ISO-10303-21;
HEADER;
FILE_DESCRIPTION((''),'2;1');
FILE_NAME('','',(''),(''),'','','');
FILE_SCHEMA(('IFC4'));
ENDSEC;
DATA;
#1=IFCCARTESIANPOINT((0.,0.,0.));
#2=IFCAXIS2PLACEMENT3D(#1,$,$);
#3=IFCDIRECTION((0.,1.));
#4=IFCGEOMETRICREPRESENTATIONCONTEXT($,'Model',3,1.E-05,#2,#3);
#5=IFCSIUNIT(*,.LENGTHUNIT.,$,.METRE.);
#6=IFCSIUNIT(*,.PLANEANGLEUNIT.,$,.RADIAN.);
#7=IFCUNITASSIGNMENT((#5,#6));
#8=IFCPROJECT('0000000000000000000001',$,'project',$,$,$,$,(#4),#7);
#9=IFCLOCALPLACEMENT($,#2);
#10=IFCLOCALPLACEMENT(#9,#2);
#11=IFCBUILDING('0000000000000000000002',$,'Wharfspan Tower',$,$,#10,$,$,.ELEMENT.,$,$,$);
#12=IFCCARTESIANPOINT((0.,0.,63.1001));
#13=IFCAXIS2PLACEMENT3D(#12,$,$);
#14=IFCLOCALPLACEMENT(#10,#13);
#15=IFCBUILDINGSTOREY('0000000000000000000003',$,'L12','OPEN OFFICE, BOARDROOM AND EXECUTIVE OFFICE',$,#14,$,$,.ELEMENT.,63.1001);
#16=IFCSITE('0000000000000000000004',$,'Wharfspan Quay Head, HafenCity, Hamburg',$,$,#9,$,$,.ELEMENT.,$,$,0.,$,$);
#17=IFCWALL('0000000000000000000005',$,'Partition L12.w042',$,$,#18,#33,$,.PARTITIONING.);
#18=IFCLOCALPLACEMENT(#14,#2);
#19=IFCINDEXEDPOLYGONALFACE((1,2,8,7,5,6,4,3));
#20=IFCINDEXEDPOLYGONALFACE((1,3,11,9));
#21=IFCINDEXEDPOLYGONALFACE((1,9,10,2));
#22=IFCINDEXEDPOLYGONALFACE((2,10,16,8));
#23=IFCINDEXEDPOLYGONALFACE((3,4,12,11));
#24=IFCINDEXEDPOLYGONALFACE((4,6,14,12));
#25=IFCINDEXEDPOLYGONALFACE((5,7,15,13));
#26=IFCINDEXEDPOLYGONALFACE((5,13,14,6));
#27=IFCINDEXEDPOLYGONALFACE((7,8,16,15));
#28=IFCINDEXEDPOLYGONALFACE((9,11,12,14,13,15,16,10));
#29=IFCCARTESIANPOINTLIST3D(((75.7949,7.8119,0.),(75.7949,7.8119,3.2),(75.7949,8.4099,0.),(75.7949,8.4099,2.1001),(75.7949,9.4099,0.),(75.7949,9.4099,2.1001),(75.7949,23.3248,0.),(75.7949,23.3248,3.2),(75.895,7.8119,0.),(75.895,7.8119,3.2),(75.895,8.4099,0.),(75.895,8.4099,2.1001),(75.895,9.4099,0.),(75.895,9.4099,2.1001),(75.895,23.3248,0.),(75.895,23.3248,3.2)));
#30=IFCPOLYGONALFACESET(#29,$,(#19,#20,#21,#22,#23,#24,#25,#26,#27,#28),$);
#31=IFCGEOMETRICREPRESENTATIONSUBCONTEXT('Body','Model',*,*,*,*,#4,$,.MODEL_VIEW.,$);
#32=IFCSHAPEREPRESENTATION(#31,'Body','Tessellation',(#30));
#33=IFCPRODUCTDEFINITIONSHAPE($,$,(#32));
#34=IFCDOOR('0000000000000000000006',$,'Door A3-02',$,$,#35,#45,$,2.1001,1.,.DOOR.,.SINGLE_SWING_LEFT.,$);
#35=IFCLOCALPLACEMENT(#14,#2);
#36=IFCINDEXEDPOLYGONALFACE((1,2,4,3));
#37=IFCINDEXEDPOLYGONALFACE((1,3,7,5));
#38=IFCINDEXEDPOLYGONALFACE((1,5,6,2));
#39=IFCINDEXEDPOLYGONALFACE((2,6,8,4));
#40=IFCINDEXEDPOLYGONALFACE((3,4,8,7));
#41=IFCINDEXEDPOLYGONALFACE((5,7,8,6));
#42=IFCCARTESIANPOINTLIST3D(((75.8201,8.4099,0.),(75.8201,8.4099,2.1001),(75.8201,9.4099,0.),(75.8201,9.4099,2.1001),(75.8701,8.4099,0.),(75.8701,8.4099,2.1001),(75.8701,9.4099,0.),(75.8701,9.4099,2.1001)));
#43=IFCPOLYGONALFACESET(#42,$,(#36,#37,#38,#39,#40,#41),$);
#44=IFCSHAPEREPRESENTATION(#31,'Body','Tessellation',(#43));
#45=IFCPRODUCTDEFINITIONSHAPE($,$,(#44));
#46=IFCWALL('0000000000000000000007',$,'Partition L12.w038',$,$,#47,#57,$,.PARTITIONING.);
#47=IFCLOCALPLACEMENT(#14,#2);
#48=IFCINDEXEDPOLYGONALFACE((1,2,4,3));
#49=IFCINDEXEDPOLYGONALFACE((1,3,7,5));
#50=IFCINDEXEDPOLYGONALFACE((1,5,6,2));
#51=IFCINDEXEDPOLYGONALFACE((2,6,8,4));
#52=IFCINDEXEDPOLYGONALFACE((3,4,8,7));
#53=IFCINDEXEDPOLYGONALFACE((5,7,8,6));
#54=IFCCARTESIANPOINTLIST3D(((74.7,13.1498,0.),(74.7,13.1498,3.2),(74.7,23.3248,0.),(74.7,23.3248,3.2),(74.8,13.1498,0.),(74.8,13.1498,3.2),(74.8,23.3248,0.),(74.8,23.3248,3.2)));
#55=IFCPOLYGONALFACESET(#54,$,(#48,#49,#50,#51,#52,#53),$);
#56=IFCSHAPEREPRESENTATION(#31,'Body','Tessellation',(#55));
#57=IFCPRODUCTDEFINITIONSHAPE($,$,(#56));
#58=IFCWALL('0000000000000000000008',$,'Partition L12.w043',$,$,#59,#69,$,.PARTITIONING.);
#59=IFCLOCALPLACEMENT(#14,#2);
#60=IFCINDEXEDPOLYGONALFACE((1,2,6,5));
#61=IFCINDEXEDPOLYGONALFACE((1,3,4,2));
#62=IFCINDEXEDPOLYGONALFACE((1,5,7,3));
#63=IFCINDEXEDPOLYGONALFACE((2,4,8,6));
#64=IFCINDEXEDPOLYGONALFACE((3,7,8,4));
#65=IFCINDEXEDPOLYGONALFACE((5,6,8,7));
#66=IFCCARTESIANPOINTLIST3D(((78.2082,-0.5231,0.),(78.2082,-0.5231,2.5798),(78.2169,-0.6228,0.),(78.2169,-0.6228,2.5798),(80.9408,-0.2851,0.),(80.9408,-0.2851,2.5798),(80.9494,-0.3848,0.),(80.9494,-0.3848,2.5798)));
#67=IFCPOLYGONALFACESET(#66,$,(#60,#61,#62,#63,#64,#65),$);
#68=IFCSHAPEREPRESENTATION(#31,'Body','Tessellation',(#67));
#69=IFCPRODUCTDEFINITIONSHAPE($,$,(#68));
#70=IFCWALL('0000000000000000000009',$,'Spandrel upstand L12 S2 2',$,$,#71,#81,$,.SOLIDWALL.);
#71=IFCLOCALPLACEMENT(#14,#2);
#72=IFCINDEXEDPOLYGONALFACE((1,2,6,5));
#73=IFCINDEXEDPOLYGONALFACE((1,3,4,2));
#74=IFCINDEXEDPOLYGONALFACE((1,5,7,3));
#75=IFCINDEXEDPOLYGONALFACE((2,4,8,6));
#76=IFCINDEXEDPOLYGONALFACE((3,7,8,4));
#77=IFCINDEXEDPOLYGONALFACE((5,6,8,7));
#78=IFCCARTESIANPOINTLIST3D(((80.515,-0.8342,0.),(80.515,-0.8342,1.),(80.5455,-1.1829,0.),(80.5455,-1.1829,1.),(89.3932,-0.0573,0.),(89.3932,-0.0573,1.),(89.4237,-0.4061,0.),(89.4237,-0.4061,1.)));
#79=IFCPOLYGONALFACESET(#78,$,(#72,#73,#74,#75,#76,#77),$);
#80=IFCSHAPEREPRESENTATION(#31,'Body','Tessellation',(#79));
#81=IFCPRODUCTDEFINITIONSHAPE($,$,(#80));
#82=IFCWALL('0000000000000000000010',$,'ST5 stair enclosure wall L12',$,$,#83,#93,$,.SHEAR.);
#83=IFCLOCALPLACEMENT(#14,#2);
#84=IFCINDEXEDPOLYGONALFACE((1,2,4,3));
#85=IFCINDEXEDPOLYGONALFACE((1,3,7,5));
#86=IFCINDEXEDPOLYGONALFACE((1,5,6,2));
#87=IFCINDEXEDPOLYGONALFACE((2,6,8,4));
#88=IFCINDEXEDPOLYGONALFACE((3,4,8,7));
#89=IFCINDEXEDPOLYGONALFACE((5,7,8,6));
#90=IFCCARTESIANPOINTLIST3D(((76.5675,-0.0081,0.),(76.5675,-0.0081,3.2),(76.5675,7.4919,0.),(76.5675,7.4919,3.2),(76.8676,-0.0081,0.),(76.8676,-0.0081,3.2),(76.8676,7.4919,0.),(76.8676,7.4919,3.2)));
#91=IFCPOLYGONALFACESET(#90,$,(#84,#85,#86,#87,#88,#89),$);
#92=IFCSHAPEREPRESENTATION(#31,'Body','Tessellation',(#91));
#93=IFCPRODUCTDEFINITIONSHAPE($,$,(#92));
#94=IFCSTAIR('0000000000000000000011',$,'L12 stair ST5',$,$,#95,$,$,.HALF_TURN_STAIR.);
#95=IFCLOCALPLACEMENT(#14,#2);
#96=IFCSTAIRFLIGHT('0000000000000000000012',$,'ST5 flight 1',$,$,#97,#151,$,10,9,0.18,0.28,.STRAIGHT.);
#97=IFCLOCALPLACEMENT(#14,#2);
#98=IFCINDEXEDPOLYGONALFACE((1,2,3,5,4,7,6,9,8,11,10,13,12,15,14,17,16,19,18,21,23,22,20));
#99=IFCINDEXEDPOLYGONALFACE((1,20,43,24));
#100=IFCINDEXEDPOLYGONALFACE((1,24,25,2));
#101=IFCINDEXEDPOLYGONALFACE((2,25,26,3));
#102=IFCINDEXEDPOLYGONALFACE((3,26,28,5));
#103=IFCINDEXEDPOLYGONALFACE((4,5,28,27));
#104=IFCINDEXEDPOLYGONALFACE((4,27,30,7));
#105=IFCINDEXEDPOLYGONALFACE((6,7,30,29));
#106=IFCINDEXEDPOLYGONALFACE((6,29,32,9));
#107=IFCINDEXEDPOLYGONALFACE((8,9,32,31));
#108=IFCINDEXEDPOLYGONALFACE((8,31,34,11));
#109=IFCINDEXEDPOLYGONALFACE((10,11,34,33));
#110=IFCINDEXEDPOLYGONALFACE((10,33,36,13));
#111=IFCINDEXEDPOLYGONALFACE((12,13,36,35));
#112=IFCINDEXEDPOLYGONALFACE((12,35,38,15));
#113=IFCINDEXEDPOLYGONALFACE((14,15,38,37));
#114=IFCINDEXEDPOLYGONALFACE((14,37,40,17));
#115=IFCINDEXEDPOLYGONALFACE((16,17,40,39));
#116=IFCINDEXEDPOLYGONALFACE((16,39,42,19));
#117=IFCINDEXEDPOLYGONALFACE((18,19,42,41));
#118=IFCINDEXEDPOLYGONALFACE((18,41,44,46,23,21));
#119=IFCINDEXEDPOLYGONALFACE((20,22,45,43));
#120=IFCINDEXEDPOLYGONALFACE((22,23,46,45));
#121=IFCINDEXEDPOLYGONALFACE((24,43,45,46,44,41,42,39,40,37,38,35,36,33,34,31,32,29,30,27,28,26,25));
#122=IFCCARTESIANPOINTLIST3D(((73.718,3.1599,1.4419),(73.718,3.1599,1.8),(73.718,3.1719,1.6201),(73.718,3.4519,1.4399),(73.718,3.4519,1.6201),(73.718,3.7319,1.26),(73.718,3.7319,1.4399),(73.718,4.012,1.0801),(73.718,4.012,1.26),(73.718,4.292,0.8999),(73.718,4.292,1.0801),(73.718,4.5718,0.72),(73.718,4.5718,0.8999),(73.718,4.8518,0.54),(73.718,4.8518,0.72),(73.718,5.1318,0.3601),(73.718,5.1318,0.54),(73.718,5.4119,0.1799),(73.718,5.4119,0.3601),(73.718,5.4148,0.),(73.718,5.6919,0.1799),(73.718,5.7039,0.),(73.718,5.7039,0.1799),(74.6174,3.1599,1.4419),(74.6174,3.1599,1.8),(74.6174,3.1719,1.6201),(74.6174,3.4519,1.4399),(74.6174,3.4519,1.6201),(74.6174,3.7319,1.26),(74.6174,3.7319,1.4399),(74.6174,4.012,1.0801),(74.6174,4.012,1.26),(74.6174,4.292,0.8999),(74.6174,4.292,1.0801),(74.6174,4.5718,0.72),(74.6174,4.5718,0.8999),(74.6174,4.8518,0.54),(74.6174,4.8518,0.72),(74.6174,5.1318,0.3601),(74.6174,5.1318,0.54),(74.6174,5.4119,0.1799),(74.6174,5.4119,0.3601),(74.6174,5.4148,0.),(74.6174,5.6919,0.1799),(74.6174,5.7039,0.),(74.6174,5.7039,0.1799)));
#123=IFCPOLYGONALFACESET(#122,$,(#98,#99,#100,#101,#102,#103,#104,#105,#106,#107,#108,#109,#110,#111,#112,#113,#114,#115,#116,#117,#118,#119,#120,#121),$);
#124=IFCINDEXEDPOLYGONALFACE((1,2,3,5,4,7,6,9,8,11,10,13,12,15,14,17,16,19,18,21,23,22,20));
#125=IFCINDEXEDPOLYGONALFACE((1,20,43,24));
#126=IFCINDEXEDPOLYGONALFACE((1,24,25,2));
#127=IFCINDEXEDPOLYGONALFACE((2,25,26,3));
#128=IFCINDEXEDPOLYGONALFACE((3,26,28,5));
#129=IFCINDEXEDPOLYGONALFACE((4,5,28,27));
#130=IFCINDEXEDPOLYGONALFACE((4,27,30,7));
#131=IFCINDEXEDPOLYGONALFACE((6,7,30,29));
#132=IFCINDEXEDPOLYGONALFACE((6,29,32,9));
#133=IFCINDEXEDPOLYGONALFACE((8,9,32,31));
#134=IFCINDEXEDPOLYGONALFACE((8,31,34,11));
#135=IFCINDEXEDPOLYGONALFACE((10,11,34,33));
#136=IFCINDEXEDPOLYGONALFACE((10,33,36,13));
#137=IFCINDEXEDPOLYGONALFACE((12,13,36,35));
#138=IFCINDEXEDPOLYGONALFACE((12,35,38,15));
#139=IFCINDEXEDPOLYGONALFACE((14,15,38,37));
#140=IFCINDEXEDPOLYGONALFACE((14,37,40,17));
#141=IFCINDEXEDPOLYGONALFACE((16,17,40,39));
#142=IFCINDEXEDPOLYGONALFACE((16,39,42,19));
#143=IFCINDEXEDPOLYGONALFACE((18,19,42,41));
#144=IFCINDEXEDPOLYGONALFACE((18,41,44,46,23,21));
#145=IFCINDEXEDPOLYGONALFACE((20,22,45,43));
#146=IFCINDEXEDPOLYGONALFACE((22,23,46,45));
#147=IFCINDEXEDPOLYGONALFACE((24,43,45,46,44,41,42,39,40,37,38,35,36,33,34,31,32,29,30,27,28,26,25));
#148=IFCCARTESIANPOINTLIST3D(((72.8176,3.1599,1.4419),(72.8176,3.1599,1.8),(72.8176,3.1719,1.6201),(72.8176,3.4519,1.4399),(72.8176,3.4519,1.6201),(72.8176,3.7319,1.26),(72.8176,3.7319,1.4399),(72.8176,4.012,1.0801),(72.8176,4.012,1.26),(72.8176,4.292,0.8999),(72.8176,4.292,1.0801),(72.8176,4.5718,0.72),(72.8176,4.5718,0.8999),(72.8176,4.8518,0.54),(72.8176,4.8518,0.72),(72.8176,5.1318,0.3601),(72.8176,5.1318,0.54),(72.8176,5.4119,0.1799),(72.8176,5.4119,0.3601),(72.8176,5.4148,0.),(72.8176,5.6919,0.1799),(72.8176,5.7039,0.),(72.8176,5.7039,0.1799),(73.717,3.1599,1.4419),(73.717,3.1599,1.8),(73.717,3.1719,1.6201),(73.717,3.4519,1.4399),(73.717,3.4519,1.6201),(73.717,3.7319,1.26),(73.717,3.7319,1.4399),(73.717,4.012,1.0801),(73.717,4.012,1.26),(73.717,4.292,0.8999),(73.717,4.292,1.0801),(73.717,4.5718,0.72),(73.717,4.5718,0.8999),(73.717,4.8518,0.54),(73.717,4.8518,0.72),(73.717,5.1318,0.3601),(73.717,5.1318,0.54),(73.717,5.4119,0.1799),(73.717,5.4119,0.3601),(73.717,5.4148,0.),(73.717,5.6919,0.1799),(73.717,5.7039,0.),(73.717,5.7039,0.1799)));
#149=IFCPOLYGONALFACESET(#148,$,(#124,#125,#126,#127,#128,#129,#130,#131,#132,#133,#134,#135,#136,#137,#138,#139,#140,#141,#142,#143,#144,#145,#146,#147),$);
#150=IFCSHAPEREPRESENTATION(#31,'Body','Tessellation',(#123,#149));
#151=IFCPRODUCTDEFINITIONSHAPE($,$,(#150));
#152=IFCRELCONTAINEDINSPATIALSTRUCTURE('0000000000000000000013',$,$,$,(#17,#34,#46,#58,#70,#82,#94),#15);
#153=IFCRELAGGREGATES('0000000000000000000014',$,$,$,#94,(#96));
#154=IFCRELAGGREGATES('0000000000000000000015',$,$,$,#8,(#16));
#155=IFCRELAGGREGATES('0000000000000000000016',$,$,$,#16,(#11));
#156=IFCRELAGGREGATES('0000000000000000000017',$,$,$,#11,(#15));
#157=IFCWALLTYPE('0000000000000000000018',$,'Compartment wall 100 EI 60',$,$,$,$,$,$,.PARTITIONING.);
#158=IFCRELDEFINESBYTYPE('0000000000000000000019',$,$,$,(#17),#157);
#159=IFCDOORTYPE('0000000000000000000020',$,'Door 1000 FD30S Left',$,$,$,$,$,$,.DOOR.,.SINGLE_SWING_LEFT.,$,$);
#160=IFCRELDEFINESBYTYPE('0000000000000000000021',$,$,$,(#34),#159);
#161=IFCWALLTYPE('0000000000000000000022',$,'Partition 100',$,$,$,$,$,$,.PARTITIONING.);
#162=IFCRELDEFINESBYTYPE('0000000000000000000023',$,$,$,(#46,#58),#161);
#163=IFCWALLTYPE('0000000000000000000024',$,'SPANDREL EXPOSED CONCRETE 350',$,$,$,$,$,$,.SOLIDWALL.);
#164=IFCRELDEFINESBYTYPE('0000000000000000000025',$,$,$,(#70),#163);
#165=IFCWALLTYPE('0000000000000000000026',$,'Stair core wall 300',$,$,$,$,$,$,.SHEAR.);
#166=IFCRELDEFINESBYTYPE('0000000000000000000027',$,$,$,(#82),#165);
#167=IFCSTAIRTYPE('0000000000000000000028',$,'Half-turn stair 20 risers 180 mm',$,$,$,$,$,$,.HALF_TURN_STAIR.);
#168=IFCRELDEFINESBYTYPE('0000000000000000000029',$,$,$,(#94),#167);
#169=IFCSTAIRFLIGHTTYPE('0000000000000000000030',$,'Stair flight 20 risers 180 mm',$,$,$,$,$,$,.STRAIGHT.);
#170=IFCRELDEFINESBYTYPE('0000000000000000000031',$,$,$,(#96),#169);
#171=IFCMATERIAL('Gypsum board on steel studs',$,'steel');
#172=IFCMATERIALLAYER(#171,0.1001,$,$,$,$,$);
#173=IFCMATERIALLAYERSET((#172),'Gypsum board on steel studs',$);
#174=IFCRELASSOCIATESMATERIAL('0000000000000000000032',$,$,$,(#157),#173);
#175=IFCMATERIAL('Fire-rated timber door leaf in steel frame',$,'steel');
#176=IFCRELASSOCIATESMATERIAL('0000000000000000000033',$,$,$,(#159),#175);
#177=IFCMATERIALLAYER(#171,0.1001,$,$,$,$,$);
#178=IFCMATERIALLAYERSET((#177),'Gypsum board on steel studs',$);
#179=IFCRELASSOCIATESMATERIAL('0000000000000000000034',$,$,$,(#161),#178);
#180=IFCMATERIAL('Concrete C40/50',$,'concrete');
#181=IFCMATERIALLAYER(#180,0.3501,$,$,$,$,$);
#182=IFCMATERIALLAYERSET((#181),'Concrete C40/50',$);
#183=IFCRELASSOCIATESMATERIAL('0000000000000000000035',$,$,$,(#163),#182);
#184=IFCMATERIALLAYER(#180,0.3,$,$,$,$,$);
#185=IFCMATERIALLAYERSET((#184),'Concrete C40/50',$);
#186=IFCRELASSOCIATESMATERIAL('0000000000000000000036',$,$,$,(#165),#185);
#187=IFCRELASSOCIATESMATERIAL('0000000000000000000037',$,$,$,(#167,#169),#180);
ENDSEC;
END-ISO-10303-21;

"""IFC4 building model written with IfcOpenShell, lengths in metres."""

from ifc_helpers import new_model, si_unit, direction, frame, frame_2d, origin, place, context, subcontext, project, spatial, polyline, rectangle, outline, extrude, material, layer, layer_set, type_object, element, fill, aggregate, save


model = new_model("IFC4")

# Units and contexts
model_context = context("Model", 3, precision=1e-05, world=origin(), true_north=direction((0.0, 1.0)))
body_context = subcontext(model_context, "Body", "Model", "MODEL_VIEW")
ifc_project = project(units=[si_unit("LENGTHUNIT", "METRE"), si_unit("PLANEANGLEUNIT", "RADIAN")], contexts=[model_context])

# Site, building, storey
site_placement = place(None, origin())
site = spatial("IfcSite", under=ifc_project, at=site_placement, Name="Wharfspan Quay Head, HafenCity, Hamburg", CompositionType="ELEMENT", RefElevation=0.0)
building_placement = place(site_placement, origin())
building = spatial("IfcBuilding", under=site, at=building_placement, Name="Wharfspan Tower", CompositionType="ELEMENT")
storey_placement = place(building_placement, frame((0.0, 0.0, 63.1001)))
storey = spatial("IfcBuildingStorey", under=building, at=storey_placement, Name="L12", Description="OPEN OFFICE, BOARDROOM AND EXECUTIVE OFFICE", CompositionType="ELEMENT", Elevation=63.1001)

# Shared definitions
ifc_material_1 = material(Name="Gypsum board on steel studs", Category="steel")
ifc_layer_1 = layer(ifc_material_1, 0.1001)
ifc_layer_set_1 = layer_set([ifc_layer_1], Name="Gypsum board on steel studs")
wall_type_1 = type_object("IfcWallType", Name="Compartment wall 100 EI 60", PredefinedType="PARTITIONING", material=ifc_layer_set_1)

# Wall, opening, door
wall_1_placement = place(storey_placement, frame((75.845, 7.812, 0.0), z_axis=(0.0, 0.0, 1.0), x_axis=(0.0, 1.0, 0.0)))
wall_1 = element("IfcWall", 1, at=wall_1_placement, inside=storey, type_object=wall_type_1, Name="Partition L12.w042", PredefinedType="PARTITIONING", context=body_context, shape_type="SweptSolid", body=[
    extrude(rectangle(XDim=15.5129, YDim=0.1001, at=frame_2d((7.7563, 0.0))), origin(), (0.0, 0.0, 1.0), 3.2),
])
opening_placement = place(wall_1_placement, frame((0.5979, 0.0, 0.0)))
opening = element("IfcOpeningElement", 2, at=opening_placement, cuts=wall_1, PredefinedType="OPENING", context=body_context, shape_type="SweptSolid", body=[
    extrude(rectangle(XDim=1.0, YDim=2.1001, at=frame_2d((0.5, 1.05))), frame((0.0, 0.0601, 0.0), z_axis=(0.0, -1.0, 0.0), x_axis=(1.0, 0.0, 0.0)), (0.0, 0.0, 1.0), 0.1201),
])
ifc_material_2 = material(Name="Fire-rated timber door leaf in steel frame", Category="steel")
door_type = type_object("IfcDoorType", Name="Door 1000 FD30S Left", OperationType="SINGLE_SWING_LEFT", PredefinedType="DOOR", material=ifc_material_2)
door_placement = place(opening_placement, origin())
door = element("IfcDoor", 3, at=door_placement, inside=storey, type_object=door_type, Name="Door A3-02", OperationType="SINGLE_SWING_LEFT", OverallHeight=2.1001, OverallWidth=1.0, PredefinedType="DOOR", context=body_context, shape_type="SweptSolid", body=[
    extrude(rectangle(XDim=1.0, YDim=2.1001, at=frame_2d((0.5, 1.05))), frame((0.0, 0.0249, 0.0), z_axis=(0.0, -1.0, 0.0), x_axis=(1.0, 0.0, 0.0)), (0.0, 0.0, 1.0), 0.05),
])
fill(opening, door)

# Walls
ifc_layer_2 = layer(ifc_material_1, 0.1001)
ifc_layer_set_2 = layer_set([ifc_layer_2], Name="Gypsum board on steel studs")
wall_type_2 = type_object("IfcWallType", Name="Partition 100", PredefinedType="PARTITIONING", material=ifc_layer_set_2)
wall_2_placement = place(storey_placement, frame((74.75, 13.1499, 0.0), z_axis=(0.0, 0.0, 1.0), x_axis=(0.0, 1.0, 0.0)))
element("IfcWall", 4, at=wall_2_placement, inside=storey, type_object=wall_type_2, Name="Partition L12.w038", PredefinedType="PARTITIONING", context=body_context, shape_type="SweptSolid", body=[
    extrude(rectangle(XDim=10.175, YDim=0.1001, at=frame_2d((5.0874, 0.0))), origin(), (0.0, 0.0, 1.0), 3.2),
])
wall_3_placement = place(storey_placement, frame((78.2124, -0.573, 0.0), z_axis=(0.0, 0.0, 1.0), x_axis=(0.996224, 0.086779, 0.0)))
element("IfcWall", 5, at=wall_3_placement, inside=storey, type_object=wall_type_2, Name="Partition L12.w043", PredefinedType="PARTITIONING", context=body_context, shape_type="SweptSolid", body=[
    extrude(rectangle(XDim=2.7429, YDim=0.1001, at=frame_2d((1.3716, 0.0))), origin(), (0.0, 0.0, 1.0), 2.5798),
])
ifc_material_3 = material(Name="Concrete C40/50", Category="concrete")
ifc_layer_3 = layer(ifc_material_3, 0.3501)
ifc_layer_set_3 = layer_set([ifc_layer_3], Name="Concrete C40/50")
wall_type_3 = type_object("IfcWallType", Name="SPANDREL EXPOSED CONCRETE 350", PredefinedType="SOLIDWALL", material=ifc_layer_set_3)
wall_4_placement = place(storey_placement, frame((80.5303, -1.0085, 0.0), z_axis=(0.0, 0.0, 1.0), x_axis=(0.996198, 0.087169, 0.0)))
element("IfcWall", 6, at=wall_4_placement, inside=storey, type_object=wall_type_3, Name="Spandrel upstand L12 S2 2", PredefinedType="SOLIDWALL", context=body_context, shape_type="SweptSolid", body=[
    extrude(rectangle(XDim=8.9121, YDim=0.3501, at=frame_2d((4.4561, 0.0))), origin(), (0.0, 0.0, 1.0), 1.0),
])
ifc_layer_4 = layer(ifc_material_3, 0.3)
ifc_layer_set_4 = layer_set([ifc_layer_4], Name="Concrete C40/50")
wall_type_4 = type_object("IfcWallType", Name="Stair core wall 300", PredefinedType="SHEAR", material=ifc_layer_set_4)
wall_5_placement = place(storey_placement, frame((76.7175, -0.0081, 0.0), z_axis=(0.0, 0.0, 1.0), x_axis=(0.0, 1.0, 0.0)))
element("IfcWall", 7, at=wall_5_placement, inside=storey, type_object=wall_type_4, Name="ST5 stair enclosure wall L12", PredefinedType="SHEAR", context=body_context, shape_type="SweptSolid", body=[
    extrude(rectangle(XDim=7.5, YDim=0.3, at=frame_2d((3.75, 0.0))), origin(), (0.0, 0.0, 1.0), 3.2),
])

# Stair, stair flight
stair_type = type_object("IfcStairType", Name="Half-turn stair 20 risers 180 mm", PredefinedType="HALF_TURN_STAIR", material=ifc_material_3)
stair_placement = place(storey_placement, origin())
stair = element("IfcStair", 8, at=stair_placement, inside=storey, type_object=stair_type, Name="L12 stair ST5", PredefinedType="HALF_TURN_STAIR")
stair_flight_type = type_object("IfcStairFlightType", Name="Stair flight 20 risers 180 mm", PredefinedType="STRAIGHT", material=ifc_material_3)
stair_flight_1_placement = place(storey_placement, frame((73.7175, 5.6919, 0.0), z_axis=(0.0, 0.0, 1.0), x_axis=(0.0, -1.0, 0.0)))
stair_flight_1 = element("IfcStairFlight", 9, at=stair_flight_1_placement, type_object=stair_flight_type, Name="ST5 flight 1", NumberOfRisers=10, NumberOfTreads=9, PredefinedType="STRAIGHT", RiserHeight=0.18, TreadLength=0.28, context=body_context, shape_type="SweptSolid", body=[
    extrude(outline(polyline([(-0.012, 0.0), (-0.012, 0.1799), (0.0, 0.1799), (0.28, 0.1799), (0.28, 0.3601), (0.5601, 0.3601), (0.5601, 0.54), (0.8401, 0.54), (0.8401, 0.72), (1.1201, 0.72), (1.1201, 0.8999), (1.3999, 0.8999), (1.3999, 1.0801), (1.6799, 1.0801), (1.6799, 1.26), (1.96, 1.26), (1.96, 1.4399), (2.24, 1.4399), (2.24, 1.6201), (2.52, 1.6201), (2.532, 1.8), (2.532, 1.4419), (0.2771, 0.0), (-0.012, 0.0)])), frame((0.0, 0.8999, 0.0), z_axis=(0.0, -1.0, 0.0), x_axis=(1.0, 0.0, 0.0)), (0.0, 0.0, 1.0), 0.8994),
    extrude(outline(polyline([(-0.012, 0.0), (-0.012, 0.1799), (0.0, 0.1799), (0.28, 0.1799), (0.28, 0.3601), (0.5601, 0.3601), (0.5601, 0.54), (0.8401, 0.54), (0.8401, 0.72), (1.1201, 0.72), (1.1201, 0.8999), (1.3999, 0.8999), (1.3999, 1.0801), (1.6799, 1.0801), (1.6799, 1.26), (1.96, 1.26), (1.96, 1.4399), (2.24, 1.4399), (2.24, 1.6201), (2.52, 1.6201), (2.532, 1.8), (2.532, 1.4419), (0.2771, 0.0), (-0.012, 0.0)])), frame((0.0, -0.0005, 0.0), z_axis=(0.0, -1.0, 0.0), x_axis=(1.0, 0.0, 0.0)), (0.0, 0.0, 1.0), 0.8994),
])
aggregate(stair, [stair_flight_1])

save(model, "model.ifc")
